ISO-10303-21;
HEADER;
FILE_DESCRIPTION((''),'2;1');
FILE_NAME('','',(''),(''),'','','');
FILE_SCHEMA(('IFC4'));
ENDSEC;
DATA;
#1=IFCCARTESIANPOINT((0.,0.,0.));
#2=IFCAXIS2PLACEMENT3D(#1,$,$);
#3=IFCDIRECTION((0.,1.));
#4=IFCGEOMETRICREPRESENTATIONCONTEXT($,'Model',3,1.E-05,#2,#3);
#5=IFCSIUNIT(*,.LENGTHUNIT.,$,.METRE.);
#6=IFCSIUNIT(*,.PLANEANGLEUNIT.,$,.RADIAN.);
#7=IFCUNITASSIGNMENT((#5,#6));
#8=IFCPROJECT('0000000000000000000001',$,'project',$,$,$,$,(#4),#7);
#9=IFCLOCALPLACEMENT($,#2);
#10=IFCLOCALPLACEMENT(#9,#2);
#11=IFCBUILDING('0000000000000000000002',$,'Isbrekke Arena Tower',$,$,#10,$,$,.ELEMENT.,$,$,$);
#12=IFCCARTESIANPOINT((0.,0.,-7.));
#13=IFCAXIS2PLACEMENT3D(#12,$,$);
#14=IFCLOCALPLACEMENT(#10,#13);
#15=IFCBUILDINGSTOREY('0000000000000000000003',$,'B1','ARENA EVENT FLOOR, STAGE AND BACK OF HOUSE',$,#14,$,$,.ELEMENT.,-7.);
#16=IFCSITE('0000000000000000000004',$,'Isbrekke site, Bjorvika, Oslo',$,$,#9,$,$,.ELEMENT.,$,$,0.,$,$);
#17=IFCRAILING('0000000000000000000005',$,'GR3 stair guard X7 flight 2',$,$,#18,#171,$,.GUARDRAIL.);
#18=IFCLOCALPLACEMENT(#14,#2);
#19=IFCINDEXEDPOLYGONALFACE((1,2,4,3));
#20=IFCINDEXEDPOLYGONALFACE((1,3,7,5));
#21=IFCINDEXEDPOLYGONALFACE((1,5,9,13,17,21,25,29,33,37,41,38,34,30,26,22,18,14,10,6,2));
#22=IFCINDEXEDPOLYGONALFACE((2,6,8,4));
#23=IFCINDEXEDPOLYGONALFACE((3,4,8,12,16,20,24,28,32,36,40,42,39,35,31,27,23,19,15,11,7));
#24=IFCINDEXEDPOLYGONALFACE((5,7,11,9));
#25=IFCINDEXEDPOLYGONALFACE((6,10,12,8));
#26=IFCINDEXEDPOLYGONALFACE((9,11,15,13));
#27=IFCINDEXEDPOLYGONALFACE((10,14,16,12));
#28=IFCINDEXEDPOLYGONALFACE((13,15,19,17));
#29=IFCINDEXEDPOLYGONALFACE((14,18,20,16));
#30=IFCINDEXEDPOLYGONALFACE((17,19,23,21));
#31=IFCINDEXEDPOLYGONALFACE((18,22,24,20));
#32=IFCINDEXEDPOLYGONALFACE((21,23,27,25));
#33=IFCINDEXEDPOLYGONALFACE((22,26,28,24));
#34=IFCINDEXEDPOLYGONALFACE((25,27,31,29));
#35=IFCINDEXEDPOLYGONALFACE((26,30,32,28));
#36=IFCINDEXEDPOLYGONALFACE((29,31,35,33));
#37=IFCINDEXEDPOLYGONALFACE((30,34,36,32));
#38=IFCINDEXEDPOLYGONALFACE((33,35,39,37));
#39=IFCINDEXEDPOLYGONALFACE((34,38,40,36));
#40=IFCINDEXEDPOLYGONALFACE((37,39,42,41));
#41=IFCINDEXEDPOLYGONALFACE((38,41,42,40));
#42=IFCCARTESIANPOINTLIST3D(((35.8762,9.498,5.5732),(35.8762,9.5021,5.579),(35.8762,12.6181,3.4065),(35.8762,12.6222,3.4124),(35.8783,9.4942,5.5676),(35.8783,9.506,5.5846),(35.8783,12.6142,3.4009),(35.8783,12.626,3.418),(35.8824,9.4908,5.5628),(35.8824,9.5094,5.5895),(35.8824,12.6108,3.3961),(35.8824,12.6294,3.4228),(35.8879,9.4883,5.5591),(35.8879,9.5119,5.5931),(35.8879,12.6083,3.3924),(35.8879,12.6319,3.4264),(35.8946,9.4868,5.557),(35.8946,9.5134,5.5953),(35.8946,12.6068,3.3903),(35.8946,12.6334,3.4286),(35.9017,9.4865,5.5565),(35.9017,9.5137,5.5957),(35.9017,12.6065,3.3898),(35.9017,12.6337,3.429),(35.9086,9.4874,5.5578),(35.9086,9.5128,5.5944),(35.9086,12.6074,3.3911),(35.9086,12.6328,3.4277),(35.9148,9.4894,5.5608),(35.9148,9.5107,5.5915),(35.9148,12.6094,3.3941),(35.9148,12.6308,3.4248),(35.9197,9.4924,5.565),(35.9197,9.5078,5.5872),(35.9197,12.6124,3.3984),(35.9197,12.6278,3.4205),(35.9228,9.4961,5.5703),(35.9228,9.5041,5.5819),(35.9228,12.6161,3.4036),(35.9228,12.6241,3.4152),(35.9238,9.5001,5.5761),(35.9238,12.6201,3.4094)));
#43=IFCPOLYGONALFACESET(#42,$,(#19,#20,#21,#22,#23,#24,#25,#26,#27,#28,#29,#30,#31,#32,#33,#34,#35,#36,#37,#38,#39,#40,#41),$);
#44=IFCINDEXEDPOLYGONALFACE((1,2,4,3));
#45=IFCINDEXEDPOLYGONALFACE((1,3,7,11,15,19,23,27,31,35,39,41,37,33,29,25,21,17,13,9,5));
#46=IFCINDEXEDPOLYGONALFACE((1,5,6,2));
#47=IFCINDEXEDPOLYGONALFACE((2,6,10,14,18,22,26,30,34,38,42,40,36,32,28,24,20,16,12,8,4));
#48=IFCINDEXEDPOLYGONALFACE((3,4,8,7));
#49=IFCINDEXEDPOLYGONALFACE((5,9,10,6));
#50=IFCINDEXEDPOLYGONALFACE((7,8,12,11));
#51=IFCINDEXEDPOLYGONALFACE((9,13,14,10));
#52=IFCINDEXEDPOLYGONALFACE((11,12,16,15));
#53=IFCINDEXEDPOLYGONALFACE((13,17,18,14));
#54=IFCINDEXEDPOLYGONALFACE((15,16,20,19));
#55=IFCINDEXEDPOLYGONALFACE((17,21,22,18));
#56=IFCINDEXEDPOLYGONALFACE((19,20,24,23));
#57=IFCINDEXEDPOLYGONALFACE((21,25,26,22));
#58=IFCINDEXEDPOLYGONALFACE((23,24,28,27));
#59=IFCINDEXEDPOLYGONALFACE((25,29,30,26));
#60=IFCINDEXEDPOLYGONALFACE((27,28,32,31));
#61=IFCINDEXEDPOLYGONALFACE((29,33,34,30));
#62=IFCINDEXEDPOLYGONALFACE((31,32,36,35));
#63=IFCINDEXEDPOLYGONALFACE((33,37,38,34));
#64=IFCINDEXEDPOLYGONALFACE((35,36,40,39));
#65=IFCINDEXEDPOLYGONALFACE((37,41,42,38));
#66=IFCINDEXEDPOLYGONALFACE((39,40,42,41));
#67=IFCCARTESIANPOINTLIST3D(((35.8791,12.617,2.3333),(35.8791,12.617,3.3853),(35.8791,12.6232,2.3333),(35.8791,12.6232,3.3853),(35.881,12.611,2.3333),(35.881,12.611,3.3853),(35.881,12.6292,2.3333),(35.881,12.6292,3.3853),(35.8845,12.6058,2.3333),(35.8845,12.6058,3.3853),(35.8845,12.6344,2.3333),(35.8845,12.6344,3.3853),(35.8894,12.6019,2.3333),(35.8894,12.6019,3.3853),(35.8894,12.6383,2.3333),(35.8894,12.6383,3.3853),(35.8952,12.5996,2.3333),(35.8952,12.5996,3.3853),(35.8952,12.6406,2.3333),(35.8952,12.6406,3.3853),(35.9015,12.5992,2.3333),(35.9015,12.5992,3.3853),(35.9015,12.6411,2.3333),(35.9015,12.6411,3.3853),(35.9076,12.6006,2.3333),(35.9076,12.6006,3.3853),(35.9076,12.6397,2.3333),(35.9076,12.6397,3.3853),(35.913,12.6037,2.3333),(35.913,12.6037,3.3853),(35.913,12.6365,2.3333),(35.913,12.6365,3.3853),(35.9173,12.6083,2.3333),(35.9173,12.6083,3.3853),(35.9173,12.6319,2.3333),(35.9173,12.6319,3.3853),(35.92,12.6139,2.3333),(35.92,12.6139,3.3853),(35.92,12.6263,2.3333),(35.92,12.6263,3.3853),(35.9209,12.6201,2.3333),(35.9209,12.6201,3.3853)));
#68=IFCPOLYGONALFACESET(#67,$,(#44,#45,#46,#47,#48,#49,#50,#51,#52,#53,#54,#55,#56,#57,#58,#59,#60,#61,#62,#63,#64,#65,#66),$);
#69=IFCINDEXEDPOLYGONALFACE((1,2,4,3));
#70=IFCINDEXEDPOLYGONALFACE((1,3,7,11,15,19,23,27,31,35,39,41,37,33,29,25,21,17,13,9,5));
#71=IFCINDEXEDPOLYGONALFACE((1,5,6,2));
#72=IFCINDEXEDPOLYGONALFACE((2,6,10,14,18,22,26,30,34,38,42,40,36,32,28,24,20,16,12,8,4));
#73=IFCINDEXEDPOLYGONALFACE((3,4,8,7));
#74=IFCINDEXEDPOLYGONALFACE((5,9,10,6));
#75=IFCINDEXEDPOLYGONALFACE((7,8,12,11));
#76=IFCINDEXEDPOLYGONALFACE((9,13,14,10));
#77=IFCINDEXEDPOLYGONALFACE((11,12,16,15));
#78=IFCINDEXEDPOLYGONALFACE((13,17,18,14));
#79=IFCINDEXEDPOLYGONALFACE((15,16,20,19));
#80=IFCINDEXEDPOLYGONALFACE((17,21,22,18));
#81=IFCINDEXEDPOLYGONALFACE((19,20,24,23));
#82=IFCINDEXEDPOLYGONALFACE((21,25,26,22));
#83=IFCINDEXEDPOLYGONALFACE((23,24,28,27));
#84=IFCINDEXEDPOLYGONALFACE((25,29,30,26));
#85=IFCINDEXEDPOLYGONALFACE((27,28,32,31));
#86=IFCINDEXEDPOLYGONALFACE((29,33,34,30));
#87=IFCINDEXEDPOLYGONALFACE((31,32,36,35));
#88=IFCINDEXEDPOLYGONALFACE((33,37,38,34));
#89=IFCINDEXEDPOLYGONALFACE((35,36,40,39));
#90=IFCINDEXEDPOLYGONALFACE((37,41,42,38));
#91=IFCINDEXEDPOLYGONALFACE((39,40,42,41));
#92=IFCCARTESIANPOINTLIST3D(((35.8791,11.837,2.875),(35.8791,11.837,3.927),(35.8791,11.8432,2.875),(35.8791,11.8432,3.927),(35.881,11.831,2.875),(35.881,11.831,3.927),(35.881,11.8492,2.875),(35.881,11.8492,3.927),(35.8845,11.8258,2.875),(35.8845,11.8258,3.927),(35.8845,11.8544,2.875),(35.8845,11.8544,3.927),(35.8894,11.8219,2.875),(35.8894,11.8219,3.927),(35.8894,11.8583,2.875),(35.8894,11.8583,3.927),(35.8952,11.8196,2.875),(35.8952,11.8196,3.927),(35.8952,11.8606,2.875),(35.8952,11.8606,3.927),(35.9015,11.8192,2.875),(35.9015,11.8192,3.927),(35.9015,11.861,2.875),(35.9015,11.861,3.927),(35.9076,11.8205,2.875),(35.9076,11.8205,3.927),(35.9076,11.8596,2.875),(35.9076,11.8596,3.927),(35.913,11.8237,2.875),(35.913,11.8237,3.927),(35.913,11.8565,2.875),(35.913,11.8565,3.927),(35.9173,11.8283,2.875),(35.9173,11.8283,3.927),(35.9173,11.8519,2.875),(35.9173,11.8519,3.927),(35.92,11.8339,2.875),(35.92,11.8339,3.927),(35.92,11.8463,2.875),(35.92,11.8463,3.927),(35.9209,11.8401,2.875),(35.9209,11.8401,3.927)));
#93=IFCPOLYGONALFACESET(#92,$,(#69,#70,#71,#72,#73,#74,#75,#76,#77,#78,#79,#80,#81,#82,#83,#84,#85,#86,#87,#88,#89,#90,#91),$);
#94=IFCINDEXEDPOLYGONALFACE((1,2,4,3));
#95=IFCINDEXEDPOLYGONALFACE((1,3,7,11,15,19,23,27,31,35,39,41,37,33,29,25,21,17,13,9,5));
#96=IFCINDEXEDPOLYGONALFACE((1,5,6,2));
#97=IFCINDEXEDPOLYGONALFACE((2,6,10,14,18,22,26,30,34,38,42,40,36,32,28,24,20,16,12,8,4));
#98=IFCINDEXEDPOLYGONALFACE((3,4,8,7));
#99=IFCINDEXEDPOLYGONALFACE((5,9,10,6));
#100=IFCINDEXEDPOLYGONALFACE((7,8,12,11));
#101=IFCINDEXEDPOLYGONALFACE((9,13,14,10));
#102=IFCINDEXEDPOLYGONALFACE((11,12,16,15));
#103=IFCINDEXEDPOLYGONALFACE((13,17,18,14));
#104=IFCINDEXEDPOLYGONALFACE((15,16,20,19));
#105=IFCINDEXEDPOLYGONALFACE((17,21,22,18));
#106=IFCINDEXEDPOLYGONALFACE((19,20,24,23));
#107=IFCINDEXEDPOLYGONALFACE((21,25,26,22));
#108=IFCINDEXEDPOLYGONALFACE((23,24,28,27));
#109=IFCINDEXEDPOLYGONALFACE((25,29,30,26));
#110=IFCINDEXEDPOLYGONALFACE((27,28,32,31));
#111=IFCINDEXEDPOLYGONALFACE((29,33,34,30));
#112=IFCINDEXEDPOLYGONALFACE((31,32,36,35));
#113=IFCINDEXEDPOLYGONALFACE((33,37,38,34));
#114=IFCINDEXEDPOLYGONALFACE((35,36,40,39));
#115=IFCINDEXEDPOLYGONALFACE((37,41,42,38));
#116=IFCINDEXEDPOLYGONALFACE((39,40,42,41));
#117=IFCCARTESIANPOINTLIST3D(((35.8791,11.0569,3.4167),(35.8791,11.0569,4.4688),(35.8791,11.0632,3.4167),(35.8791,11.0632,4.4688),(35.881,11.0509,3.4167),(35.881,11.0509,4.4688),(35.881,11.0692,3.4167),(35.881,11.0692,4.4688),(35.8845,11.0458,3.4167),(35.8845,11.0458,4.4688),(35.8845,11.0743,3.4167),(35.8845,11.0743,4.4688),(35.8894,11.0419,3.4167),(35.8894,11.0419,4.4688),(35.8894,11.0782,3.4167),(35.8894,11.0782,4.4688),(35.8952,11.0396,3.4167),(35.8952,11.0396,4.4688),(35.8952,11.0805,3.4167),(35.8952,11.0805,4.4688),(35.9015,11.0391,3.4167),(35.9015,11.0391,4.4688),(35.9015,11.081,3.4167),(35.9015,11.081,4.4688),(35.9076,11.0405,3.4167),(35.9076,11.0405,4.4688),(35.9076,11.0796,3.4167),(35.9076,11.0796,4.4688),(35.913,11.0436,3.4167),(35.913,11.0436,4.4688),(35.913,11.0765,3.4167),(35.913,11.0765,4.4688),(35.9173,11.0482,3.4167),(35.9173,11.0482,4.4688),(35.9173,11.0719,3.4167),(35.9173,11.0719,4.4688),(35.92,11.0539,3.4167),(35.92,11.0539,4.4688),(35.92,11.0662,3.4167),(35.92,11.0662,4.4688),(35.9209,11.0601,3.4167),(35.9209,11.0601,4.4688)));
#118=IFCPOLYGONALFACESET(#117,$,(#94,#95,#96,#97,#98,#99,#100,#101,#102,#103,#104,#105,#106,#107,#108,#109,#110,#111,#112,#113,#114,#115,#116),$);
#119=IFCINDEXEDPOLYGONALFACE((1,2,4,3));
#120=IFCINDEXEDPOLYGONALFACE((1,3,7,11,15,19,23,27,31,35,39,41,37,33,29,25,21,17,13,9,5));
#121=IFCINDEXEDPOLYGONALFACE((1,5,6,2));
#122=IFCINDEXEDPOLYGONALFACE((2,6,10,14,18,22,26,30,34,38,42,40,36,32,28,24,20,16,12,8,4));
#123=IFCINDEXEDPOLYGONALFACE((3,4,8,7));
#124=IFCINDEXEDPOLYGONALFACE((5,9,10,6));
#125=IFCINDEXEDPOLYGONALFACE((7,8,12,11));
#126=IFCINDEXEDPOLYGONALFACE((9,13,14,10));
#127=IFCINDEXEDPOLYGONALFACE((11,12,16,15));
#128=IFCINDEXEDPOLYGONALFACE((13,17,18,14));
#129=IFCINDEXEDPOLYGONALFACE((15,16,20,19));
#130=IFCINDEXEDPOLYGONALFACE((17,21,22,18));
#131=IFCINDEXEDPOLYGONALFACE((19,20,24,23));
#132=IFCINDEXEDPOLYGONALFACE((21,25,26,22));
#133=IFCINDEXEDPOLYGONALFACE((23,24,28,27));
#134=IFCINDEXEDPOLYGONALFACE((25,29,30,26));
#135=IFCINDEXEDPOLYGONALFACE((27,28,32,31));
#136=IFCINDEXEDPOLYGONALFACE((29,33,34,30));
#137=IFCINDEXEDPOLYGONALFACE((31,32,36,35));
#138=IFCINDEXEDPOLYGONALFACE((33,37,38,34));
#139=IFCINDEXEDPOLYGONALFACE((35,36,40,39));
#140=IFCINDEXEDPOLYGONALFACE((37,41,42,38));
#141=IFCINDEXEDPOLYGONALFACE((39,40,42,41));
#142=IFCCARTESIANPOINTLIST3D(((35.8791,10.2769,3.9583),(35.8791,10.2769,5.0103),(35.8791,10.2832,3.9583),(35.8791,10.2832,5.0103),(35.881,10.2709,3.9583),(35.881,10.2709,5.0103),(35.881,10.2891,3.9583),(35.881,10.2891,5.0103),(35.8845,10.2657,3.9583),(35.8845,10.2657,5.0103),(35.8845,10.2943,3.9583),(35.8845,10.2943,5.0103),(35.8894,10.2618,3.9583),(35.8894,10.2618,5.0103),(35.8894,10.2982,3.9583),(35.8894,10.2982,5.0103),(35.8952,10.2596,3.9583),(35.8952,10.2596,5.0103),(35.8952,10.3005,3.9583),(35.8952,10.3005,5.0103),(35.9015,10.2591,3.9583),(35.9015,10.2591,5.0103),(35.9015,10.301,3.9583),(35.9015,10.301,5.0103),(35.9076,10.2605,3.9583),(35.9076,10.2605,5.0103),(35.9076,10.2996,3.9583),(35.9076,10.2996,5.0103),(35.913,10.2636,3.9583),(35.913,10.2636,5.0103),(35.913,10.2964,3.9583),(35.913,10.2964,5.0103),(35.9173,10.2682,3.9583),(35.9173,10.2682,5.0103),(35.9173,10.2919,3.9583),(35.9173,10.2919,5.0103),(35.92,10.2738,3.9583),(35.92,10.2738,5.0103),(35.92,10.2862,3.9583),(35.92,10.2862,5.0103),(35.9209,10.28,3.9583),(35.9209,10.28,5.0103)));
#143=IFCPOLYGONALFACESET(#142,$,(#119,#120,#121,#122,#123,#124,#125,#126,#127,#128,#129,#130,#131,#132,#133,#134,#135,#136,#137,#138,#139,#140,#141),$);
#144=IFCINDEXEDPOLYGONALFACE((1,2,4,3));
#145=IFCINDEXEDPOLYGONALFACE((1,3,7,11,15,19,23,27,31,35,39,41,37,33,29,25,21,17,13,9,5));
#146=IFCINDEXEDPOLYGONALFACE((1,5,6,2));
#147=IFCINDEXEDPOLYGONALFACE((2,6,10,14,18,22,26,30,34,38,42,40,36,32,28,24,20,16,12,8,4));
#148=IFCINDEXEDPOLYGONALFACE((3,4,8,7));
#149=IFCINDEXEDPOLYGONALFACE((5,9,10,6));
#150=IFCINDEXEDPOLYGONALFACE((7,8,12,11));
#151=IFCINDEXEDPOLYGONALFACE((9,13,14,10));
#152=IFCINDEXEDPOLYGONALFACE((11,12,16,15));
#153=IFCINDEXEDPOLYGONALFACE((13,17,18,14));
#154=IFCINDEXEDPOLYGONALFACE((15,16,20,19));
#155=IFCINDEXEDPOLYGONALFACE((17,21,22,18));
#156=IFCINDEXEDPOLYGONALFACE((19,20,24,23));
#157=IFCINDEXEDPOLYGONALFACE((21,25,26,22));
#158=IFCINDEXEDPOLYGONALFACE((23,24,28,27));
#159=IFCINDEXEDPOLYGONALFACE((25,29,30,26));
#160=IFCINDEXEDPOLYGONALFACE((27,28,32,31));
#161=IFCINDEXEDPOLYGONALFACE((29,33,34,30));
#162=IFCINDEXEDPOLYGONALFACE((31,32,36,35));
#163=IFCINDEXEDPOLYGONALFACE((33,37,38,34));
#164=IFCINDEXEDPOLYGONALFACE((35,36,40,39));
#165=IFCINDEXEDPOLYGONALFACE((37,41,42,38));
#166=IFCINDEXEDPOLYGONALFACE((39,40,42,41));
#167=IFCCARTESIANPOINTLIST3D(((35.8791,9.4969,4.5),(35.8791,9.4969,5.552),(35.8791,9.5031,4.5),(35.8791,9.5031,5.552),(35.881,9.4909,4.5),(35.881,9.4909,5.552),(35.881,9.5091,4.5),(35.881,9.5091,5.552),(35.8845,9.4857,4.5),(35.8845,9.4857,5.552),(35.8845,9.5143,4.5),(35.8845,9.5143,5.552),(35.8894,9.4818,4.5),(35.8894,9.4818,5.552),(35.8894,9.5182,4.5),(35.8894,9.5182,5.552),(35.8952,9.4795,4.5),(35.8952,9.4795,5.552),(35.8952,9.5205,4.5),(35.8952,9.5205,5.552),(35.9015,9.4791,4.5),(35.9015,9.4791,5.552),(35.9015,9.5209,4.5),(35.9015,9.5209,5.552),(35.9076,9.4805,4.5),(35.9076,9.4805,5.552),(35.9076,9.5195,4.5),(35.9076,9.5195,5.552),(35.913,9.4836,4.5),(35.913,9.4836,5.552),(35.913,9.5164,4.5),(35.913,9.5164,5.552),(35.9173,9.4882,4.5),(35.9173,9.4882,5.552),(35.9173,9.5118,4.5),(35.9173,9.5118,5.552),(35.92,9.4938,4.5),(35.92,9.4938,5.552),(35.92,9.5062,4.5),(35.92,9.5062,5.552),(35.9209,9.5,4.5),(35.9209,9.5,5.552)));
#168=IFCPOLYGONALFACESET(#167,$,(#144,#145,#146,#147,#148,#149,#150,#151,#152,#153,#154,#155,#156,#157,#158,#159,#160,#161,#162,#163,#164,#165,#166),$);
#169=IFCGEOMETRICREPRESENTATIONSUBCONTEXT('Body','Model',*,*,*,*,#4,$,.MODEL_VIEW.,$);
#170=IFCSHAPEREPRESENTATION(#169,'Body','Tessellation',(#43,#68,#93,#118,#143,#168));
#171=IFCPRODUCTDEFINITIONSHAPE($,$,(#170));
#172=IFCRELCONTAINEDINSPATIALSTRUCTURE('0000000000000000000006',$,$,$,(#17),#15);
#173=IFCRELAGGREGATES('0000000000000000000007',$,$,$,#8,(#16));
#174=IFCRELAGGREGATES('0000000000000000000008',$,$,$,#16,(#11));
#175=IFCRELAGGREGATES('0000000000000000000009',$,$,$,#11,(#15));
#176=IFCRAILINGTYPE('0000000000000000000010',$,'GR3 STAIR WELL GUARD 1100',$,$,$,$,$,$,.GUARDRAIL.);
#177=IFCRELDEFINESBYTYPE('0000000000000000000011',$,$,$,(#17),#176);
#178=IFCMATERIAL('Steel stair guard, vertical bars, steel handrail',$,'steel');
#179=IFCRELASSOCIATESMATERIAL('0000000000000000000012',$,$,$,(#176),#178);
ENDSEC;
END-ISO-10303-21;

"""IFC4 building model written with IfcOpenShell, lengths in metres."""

from ifc_helpers import new_model, si_unit, direction, frame, origin, origin_2d, place, context, subcontext, project, spatial, circle, extrude, material, type_object, element, save


model = new_model("IFC4")

# Units and contexts
model_context = context("Model", 3, precision=1e-05, world=origin(), true_north=direction((0.0, 1.0)))
body_context = subcontext(model_context, "Body", "Model", "MODEL_VIEW")
ifc_project = project(units=[si_unit("LENGTHUNIT", "METRE"), si_unit("PLANEANGLEUNIT", "RADIAN")], contexts=[model_context])

# Site, building, storey
site_placement = place(None, origin())
site = spatial("IfcSite", under=ifc_project, at=site_placement, Name="Isbrekke site, Bjorvika, Oslo", CompositionType="ELEMENT", RefElevation=0.0)
building_placement = place(site_placement, origin())
building = spatial("IfcBuilding", under=site, at=building_placement, Name="Isbrekke Arena Tower", CompositionType="ELEMENT")
storey_placement = place(building_placement, frame((0.0, 0.0, -7.0)))
storey = spatial("IfcBuildingStorey", under=building, at=storey_placement, Name="B1", Description="ARENA EVENT FLOOR, STAGE AND BACK OF HOUSE", CompositionType="ELEMENT", Elevation=-7.0)

# Railing
ifc_material_1 = material(Name="Steel stair guard, vertical bars, steel handrail", Category="steel")
railing_type = type_object("IfcRailingType", Name="GR3 STAIR WELL GUARD 1100", PredefinedType="GUARDRAIL", material=ifc_material_1)
railing_1_placement = place(storey_placement, frame((35.8999, 12.6201, 2.3333)))
element("IfcRailing", 1, at=railing_1_placement, inside=storey, type_object=railing_type, Name="GR3 stair guard X7 flight 2", PredefinedType="GUARDRAIL", context=body_context, shape_type="SweptSolid", body=[
    extrude(circle(Radius=0.0239, at=origin_2d()), frame((0.0, 0.0, 1.0762), z_axis=(0.0, -0.82137, 0.570396), x_axis=(1.0, 0.0, 0.0)), (0.0, 0.0, 1.0), 3.7986),
    extrude(circle(Radius=0.021, at=origin_2d()), origin(), (0.0, 0.0, 1.0), 1.052),
    extrude(circle(Radius=0.021, at=origin_2d()), frame((0.0, -0.78, 0.5417)), (0.0, 0.0, 1.0), 1.052),
    extrude(circle(Radius=0.021, at=origin_2d()), frame((0.0, -1.5601, 1.0835)), (0.0, 0.0, 1.0), 1.052),
    extrude(circle(Radius=0.021, at=origin_2d()), frame((0.0, -2.3401, 1.625)), (0.0, 0.0, 1.0), 1.052),
    extrude(circle(Radius=0.021, at=origin_2d()), frame((0.0, -3.1201, 2.1667)), (0.0, 0.0, 1.0), 1.052),
])

save(model, "model.ifc")
